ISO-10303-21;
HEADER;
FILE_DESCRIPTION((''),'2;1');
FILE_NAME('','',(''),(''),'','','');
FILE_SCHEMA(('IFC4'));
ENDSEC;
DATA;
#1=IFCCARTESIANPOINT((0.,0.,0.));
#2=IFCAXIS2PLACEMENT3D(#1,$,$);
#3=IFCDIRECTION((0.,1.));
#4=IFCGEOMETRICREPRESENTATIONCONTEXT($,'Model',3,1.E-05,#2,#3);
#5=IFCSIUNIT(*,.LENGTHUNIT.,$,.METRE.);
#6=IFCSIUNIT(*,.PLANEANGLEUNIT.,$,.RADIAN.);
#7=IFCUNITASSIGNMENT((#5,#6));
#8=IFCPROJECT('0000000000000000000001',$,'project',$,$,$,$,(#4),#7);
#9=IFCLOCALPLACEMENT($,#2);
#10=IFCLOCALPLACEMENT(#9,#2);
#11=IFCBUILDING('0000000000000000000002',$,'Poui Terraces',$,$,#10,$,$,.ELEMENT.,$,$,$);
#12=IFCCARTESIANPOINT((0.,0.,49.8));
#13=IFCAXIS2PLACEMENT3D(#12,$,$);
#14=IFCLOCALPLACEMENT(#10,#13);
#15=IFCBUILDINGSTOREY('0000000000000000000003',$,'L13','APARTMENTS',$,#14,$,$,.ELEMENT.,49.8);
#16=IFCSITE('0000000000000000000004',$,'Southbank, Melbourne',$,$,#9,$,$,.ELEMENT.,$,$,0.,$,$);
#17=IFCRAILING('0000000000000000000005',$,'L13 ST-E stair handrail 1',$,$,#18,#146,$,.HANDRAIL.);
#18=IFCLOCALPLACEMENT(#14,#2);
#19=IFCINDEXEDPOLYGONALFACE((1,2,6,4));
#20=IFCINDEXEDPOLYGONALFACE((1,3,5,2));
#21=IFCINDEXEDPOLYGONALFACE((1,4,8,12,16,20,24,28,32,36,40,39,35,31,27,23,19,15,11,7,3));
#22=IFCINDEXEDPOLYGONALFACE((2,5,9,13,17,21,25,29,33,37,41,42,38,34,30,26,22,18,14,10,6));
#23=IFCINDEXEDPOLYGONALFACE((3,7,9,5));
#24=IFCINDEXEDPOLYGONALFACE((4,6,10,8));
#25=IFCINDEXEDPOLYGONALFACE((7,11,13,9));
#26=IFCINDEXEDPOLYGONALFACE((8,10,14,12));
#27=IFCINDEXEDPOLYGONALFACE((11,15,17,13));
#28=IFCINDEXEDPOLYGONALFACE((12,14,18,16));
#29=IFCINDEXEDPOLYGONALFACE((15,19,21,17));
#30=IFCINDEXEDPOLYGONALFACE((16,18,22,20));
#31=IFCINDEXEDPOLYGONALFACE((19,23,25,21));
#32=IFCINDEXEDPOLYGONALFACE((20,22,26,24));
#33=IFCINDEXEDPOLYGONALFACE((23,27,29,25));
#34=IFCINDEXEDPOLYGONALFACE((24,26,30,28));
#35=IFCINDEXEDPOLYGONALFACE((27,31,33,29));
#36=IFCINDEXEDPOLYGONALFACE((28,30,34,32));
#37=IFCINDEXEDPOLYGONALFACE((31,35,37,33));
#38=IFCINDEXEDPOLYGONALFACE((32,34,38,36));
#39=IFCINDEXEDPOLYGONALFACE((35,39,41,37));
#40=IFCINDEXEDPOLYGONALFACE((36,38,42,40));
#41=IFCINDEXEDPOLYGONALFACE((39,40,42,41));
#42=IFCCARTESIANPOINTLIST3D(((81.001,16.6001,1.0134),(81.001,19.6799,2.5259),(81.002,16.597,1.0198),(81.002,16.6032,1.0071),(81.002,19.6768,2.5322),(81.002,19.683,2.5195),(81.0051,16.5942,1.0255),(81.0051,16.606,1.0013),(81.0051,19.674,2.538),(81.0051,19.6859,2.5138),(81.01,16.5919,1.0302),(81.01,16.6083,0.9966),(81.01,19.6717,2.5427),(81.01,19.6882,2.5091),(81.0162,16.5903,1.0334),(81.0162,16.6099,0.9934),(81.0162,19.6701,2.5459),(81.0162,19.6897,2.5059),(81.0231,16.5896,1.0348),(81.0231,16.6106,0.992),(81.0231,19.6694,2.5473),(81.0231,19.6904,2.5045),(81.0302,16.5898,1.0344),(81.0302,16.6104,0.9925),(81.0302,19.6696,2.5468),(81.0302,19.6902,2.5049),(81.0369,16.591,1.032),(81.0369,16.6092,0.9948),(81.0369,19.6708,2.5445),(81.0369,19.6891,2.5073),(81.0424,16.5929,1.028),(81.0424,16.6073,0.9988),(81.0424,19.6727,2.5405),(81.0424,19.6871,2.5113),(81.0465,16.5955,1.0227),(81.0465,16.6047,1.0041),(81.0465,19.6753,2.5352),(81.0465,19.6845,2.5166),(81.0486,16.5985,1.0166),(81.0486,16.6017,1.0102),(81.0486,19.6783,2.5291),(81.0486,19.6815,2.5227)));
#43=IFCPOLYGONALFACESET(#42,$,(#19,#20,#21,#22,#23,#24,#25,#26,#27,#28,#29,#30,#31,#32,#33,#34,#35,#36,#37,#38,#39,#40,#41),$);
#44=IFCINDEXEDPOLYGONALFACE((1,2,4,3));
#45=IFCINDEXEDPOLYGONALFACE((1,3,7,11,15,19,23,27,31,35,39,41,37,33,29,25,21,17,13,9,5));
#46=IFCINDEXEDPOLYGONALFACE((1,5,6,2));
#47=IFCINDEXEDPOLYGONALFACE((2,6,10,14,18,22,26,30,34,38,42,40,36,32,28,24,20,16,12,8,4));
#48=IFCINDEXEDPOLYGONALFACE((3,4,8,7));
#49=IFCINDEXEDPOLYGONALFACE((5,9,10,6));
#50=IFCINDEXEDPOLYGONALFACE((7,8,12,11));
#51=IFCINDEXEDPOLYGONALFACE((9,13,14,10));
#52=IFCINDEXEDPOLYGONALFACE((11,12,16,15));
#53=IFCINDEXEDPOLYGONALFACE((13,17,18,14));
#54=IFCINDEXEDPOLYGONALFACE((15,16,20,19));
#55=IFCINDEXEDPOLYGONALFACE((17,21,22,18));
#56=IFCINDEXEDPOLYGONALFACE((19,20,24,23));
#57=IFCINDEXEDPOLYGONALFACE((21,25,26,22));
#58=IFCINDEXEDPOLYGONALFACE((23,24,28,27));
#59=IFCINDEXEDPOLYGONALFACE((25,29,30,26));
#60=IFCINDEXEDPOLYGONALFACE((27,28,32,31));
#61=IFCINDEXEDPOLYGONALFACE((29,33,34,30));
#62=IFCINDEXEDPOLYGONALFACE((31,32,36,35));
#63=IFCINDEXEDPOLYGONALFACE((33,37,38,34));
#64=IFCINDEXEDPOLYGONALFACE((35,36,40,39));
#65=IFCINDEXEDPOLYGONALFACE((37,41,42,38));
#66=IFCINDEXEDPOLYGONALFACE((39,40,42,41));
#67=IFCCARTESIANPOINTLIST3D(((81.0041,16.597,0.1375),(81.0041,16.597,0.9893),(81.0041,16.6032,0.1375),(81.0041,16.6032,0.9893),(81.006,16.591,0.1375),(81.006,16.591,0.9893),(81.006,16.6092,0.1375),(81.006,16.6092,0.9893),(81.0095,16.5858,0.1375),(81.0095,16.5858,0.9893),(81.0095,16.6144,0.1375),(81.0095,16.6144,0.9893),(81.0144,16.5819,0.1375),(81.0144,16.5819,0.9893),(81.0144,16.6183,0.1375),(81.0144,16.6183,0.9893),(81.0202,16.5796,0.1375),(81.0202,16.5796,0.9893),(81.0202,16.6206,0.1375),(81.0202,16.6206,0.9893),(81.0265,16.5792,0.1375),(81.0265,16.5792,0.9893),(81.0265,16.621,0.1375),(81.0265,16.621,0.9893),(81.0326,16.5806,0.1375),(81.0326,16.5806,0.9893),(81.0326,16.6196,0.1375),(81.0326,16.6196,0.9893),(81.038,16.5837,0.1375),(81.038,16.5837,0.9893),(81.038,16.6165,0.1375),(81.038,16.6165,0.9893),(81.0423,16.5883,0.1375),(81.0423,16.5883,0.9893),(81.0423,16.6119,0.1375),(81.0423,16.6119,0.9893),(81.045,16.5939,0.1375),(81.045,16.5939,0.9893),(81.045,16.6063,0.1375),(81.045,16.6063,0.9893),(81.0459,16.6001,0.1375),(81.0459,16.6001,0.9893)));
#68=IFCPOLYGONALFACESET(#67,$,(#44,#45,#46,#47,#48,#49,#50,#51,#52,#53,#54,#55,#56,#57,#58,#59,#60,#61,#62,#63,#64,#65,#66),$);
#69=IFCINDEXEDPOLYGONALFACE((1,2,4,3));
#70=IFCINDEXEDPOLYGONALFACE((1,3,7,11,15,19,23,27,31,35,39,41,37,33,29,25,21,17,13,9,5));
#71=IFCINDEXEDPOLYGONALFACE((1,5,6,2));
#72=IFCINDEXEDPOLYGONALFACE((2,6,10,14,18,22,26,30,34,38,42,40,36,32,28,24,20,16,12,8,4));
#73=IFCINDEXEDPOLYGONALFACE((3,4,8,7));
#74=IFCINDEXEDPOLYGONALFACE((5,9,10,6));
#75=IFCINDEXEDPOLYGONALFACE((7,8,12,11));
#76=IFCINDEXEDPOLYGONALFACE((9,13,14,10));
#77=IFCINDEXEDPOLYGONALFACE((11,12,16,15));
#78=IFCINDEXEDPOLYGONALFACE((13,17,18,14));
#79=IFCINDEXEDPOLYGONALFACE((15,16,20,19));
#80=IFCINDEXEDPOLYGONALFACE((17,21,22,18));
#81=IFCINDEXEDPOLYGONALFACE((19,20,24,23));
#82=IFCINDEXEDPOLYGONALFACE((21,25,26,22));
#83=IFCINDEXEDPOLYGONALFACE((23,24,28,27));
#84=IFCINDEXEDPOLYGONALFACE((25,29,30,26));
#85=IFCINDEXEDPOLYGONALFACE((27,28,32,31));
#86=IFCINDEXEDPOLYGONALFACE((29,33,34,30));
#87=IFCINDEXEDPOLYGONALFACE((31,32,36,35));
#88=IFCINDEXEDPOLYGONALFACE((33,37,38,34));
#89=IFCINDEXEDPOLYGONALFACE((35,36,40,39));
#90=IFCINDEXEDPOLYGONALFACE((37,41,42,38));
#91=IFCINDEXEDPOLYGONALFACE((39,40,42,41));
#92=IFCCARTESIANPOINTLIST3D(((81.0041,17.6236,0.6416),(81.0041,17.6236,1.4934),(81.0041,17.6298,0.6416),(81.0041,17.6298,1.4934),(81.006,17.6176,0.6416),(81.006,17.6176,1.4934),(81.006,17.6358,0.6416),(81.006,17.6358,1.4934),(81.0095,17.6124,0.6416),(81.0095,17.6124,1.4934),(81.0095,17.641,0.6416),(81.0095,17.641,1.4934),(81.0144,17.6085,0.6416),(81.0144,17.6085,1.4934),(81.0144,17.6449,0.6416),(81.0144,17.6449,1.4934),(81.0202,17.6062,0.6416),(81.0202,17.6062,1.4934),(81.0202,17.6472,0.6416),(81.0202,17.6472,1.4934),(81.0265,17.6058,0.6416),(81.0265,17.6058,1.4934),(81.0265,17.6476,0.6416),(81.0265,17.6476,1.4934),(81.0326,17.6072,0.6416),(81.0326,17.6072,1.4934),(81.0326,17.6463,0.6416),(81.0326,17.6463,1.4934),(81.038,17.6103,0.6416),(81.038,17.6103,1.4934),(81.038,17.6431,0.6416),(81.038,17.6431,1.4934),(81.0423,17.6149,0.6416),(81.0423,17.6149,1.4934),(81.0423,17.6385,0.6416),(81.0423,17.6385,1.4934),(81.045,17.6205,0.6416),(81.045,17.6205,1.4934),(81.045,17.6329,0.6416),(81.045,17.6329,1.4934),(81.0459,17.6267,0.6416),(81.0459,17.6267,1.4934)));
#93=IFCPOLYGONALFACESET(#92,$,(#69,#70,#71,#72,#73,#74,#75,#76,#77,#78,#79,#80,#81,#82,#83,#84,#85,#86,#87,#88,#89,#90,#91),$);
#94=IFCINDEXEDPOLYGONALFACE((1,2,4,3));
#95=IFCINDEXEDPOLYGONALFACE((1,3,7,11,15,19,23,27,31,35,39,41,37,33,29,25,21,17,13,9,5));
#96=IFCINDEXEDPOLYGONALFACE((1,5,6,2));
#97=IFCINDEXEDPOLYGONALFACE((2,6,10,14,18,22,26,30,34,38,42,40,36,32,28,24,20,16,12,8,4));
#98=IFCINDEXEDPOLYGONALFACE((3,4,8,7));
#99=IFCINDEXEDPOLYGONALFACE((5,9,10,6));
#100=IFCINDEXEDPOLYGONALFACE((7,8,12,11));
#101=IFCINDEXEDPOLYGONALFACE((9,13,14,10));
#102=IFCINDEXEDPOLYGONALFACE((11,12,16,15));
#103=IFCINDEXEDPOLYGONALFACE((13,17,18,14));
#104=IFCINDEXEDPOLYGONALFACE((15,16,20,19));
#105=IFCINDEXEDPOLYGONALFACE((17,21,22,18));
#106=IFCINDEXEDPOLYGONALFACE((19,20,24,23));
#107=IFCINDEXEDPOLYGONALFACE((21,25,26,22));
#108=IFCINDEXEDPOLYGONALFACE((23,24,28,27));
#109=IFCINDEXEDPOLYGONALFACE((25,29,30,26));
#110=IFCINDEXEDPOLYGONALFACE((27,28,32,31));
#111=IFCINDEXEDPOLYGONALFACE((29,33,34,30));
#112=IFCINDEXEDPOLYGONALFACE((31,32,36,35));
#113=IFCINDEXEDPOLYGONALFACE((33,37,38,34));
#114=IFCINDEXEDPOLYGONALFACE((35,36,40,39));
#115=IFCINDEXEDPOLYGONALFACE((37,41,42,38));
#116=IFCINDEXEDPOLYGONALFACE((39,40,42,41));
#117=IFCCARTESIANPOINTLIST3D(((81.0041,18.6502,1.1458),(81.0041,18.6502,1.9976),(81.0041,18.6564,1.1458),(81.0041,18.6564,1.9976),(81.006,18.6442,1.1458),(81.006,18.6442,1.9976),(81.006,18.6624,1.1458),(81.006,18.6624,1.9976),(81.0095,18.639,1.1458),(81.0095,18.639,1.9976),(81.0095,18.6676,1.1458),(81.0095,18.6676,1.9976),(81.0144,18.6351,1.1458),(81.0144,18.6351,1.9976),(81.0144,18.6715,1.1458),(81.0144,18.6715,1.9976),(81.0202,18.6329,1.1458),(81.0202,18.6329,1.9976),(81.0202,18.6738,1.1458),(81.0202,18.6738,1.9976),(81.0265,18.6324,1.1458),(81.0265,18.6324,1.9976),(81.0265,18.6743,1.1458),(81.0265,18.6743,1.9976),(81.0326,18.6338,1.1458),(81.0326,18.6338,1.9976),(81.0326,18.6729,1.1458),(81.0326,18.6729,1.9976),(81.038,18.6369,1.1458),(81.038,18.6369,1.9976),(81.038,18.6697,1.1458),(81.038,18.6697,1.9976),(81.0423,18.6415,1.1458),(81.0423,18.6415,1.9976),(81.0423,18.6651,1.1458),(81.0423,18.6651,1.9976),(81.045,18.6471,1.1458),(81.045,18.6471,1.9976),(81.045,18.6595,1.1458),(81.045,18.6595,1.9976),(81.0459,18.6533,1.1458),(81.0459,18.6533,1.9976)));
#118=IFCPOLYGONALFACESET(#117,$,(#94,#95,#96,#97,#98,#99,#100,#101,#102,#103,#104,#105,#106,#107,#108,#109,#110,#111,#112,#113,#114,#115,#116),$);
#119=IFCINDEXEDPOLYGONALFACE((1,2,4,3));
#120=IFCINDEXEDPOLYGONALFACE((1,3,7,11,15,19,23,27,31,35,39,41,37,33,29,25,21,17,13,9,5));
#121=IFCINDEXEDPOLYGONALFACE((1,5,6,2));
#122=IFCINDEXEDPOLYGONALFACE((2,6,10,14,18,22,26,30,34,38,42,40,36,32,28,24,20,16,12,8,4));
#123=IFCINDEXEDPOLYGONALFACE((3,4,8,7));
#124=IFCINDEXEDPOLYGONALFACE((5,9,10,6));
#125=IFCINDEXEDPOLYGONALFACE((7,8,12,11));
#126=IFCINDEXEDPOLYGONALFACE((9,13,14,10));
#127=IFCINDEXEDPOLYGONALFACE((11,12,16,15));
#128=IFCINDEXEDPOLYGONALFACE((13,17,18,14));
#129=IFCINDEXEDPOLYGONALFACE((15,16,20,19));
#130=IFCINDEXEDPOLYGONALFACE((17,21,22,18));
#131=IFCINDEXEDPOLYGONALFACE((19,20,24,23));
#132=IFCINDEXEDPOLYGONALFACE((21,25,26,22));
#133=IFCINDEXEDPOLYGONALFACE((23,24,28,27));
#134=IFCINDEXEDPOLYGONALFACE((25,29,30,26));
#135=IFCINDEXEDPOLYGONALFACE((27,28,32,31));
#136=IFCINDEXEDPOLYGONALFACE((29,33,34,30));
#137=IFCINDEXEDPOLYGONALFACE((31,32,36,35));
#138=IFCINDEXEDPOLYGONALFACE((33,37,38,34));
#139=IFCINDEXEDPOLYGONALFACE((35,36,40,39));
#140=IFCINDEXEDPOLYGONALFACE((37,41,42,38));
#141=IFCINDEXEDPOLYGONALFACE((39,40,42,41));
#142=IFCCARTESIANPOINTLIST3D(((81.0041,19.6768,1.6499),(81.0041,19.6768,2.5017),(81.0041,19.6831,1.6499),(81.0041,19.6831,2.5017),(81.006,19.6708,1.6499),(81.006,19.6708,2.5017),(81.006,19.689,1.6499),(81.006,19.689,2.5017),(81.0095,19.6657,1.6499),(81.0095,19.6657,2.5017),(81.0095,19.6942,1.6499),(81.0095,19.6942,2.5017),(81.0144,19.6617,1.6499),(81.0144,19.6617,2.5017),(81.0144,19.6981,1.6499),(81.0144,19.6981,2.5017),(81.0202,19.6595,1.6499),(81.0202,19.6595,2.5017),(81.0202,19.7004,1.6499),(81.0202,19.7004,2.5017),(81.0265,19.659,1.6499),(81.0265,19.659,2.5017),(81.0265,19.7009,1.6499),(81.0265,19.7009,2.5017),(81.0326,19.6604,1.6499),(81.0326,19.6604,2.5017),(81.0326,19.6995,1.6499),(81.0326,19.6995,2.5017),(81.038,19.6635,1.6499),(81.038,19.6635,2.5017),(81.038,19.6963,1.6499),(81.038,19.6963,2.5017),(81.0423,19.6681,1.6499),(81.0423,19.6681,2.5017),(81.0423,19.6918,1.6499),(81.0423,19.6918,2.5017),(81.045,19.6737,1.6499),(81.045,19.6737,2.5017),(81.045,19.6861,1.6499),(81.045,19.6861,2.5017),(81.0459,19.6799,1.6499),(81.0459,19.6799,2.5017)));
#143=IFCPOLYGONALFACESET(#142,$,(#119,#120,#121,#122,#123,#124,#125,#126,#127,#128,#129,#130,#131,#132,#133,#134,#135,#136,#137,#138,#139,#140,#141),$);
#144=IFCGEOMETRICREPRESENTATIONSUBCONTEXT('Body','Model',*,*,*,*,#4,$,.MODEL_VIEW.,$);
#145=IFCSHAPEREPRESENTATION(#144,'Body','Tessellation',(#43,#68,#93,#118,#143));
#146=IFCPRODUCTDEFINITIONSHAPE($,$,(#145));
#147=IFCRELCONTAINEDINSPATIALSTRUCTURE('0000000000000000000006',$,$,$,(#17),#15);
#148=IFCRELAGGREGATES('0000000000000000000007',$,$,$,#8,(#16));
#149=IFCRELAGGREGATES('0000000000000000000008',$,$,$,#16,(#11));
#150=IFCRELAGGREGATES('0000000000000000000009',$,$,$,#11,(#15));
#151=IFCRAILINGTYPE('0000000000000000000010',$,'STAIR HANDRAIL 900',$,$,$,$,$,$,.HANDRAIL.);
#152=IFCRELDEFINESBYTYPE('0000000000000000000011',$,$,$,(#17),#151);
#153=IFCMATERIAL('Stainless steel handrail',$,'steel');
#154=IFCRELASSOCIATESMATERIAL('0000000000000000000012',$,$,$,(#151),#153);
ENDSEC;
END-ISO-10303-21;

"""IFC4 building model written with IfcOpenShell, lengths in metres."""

from ifc_helpers import new_model, si_unit, direction, frame, origin, origin_2d, place, context, subcontext, project, spatial, circle, extrude, material, type_object, element, save


model = new_model("IFC4")

# Units and contexts
model_context = context("Model", 3, precision=1e-05, world=origin(), true_north=direction((0.0, 1.0)))
body_context = subcontext(model_context, "Body", "Model", "MODEL_VIEW")
ifc_project = project(units=[si_unit("LENGTHUNIT", "METRE"), si_unit("PLANEANGLEUNIT", "RADIAN")], contexts=[model_context])

# Site, building, storey
site_placement = place(None, origin())
site = spatial("IfcSite", under=ifc_project, at=site_placement, Name="Southbank, Melbourne", CompositionType="ELEMENT", RefElevation=0.0)
building_placement = place(site_placement, origin())
building = spatial("IfcBuilding", under=site, at=building_placement, Name="Poui Terraces", CompositionType="ELEMENT")
storey_placement = place(building_placement, frame((0.0, 0.0, 49.8)))
storey = spatial("IfcBuildingStorey", under=building, at=storey_placement, Name="L13", Description="APARTMENTS", CompositionType="ELEMENT", Elevation=49.8)

# Railing
ifc_material_1 = material(Name="Stainless steel handrail", Category="steel")
railing_type_1 = type_object("IfcRailingType", Name="STAIR HANDRAIL 900", PredefinedType="HANDRAIL", material=ifc_material_1)
railing_1_placement = place(storey_placement, frame((81.0249, 16.6001, 0.1375)))
element("IfcRailing", 1, at=railing_1_placement, inside=storey, type_object=railing_type_1, Name="L13 ST-E stair handrail 1", PredefinedType="HANDRAIL", context=body_context, shape_type="SweptSolid", body=[
    extrude(circle(Radius=0.0239, at=origin_2d()), frame((0.0, 0.0, 0.876), z_axis=(0.0, 0.897606, 0.440798), x_axis=(-1.0, 0.0, 0.0)), (0.0, 0.0, 1.0), 3.4312),
    extrude(circle(Radius=0.021, at=origin_2d()), origin(), (0.0, 0.0, 1.0), 0.8518),
    extrude(circle(Radius=0.021, at=origin_2d()), frame((0.0, 1.0266, 0.5042)), (0.0, 0.0, 1.0), 0.8518),
    extrude(circle(Radius=0.021, at=origin_2d()), frame((0.0, 2.0532, 1.0083)), (0.0, 0.0, 1.0), 0.8518),
    extrude(circle(Radius=0.021, at=origin_2d()), frame((0.0, 3.0798, 1.5125)), (0.0, 0.0, 1.0), 0.8518),
])

save(model, "model.ifc")
